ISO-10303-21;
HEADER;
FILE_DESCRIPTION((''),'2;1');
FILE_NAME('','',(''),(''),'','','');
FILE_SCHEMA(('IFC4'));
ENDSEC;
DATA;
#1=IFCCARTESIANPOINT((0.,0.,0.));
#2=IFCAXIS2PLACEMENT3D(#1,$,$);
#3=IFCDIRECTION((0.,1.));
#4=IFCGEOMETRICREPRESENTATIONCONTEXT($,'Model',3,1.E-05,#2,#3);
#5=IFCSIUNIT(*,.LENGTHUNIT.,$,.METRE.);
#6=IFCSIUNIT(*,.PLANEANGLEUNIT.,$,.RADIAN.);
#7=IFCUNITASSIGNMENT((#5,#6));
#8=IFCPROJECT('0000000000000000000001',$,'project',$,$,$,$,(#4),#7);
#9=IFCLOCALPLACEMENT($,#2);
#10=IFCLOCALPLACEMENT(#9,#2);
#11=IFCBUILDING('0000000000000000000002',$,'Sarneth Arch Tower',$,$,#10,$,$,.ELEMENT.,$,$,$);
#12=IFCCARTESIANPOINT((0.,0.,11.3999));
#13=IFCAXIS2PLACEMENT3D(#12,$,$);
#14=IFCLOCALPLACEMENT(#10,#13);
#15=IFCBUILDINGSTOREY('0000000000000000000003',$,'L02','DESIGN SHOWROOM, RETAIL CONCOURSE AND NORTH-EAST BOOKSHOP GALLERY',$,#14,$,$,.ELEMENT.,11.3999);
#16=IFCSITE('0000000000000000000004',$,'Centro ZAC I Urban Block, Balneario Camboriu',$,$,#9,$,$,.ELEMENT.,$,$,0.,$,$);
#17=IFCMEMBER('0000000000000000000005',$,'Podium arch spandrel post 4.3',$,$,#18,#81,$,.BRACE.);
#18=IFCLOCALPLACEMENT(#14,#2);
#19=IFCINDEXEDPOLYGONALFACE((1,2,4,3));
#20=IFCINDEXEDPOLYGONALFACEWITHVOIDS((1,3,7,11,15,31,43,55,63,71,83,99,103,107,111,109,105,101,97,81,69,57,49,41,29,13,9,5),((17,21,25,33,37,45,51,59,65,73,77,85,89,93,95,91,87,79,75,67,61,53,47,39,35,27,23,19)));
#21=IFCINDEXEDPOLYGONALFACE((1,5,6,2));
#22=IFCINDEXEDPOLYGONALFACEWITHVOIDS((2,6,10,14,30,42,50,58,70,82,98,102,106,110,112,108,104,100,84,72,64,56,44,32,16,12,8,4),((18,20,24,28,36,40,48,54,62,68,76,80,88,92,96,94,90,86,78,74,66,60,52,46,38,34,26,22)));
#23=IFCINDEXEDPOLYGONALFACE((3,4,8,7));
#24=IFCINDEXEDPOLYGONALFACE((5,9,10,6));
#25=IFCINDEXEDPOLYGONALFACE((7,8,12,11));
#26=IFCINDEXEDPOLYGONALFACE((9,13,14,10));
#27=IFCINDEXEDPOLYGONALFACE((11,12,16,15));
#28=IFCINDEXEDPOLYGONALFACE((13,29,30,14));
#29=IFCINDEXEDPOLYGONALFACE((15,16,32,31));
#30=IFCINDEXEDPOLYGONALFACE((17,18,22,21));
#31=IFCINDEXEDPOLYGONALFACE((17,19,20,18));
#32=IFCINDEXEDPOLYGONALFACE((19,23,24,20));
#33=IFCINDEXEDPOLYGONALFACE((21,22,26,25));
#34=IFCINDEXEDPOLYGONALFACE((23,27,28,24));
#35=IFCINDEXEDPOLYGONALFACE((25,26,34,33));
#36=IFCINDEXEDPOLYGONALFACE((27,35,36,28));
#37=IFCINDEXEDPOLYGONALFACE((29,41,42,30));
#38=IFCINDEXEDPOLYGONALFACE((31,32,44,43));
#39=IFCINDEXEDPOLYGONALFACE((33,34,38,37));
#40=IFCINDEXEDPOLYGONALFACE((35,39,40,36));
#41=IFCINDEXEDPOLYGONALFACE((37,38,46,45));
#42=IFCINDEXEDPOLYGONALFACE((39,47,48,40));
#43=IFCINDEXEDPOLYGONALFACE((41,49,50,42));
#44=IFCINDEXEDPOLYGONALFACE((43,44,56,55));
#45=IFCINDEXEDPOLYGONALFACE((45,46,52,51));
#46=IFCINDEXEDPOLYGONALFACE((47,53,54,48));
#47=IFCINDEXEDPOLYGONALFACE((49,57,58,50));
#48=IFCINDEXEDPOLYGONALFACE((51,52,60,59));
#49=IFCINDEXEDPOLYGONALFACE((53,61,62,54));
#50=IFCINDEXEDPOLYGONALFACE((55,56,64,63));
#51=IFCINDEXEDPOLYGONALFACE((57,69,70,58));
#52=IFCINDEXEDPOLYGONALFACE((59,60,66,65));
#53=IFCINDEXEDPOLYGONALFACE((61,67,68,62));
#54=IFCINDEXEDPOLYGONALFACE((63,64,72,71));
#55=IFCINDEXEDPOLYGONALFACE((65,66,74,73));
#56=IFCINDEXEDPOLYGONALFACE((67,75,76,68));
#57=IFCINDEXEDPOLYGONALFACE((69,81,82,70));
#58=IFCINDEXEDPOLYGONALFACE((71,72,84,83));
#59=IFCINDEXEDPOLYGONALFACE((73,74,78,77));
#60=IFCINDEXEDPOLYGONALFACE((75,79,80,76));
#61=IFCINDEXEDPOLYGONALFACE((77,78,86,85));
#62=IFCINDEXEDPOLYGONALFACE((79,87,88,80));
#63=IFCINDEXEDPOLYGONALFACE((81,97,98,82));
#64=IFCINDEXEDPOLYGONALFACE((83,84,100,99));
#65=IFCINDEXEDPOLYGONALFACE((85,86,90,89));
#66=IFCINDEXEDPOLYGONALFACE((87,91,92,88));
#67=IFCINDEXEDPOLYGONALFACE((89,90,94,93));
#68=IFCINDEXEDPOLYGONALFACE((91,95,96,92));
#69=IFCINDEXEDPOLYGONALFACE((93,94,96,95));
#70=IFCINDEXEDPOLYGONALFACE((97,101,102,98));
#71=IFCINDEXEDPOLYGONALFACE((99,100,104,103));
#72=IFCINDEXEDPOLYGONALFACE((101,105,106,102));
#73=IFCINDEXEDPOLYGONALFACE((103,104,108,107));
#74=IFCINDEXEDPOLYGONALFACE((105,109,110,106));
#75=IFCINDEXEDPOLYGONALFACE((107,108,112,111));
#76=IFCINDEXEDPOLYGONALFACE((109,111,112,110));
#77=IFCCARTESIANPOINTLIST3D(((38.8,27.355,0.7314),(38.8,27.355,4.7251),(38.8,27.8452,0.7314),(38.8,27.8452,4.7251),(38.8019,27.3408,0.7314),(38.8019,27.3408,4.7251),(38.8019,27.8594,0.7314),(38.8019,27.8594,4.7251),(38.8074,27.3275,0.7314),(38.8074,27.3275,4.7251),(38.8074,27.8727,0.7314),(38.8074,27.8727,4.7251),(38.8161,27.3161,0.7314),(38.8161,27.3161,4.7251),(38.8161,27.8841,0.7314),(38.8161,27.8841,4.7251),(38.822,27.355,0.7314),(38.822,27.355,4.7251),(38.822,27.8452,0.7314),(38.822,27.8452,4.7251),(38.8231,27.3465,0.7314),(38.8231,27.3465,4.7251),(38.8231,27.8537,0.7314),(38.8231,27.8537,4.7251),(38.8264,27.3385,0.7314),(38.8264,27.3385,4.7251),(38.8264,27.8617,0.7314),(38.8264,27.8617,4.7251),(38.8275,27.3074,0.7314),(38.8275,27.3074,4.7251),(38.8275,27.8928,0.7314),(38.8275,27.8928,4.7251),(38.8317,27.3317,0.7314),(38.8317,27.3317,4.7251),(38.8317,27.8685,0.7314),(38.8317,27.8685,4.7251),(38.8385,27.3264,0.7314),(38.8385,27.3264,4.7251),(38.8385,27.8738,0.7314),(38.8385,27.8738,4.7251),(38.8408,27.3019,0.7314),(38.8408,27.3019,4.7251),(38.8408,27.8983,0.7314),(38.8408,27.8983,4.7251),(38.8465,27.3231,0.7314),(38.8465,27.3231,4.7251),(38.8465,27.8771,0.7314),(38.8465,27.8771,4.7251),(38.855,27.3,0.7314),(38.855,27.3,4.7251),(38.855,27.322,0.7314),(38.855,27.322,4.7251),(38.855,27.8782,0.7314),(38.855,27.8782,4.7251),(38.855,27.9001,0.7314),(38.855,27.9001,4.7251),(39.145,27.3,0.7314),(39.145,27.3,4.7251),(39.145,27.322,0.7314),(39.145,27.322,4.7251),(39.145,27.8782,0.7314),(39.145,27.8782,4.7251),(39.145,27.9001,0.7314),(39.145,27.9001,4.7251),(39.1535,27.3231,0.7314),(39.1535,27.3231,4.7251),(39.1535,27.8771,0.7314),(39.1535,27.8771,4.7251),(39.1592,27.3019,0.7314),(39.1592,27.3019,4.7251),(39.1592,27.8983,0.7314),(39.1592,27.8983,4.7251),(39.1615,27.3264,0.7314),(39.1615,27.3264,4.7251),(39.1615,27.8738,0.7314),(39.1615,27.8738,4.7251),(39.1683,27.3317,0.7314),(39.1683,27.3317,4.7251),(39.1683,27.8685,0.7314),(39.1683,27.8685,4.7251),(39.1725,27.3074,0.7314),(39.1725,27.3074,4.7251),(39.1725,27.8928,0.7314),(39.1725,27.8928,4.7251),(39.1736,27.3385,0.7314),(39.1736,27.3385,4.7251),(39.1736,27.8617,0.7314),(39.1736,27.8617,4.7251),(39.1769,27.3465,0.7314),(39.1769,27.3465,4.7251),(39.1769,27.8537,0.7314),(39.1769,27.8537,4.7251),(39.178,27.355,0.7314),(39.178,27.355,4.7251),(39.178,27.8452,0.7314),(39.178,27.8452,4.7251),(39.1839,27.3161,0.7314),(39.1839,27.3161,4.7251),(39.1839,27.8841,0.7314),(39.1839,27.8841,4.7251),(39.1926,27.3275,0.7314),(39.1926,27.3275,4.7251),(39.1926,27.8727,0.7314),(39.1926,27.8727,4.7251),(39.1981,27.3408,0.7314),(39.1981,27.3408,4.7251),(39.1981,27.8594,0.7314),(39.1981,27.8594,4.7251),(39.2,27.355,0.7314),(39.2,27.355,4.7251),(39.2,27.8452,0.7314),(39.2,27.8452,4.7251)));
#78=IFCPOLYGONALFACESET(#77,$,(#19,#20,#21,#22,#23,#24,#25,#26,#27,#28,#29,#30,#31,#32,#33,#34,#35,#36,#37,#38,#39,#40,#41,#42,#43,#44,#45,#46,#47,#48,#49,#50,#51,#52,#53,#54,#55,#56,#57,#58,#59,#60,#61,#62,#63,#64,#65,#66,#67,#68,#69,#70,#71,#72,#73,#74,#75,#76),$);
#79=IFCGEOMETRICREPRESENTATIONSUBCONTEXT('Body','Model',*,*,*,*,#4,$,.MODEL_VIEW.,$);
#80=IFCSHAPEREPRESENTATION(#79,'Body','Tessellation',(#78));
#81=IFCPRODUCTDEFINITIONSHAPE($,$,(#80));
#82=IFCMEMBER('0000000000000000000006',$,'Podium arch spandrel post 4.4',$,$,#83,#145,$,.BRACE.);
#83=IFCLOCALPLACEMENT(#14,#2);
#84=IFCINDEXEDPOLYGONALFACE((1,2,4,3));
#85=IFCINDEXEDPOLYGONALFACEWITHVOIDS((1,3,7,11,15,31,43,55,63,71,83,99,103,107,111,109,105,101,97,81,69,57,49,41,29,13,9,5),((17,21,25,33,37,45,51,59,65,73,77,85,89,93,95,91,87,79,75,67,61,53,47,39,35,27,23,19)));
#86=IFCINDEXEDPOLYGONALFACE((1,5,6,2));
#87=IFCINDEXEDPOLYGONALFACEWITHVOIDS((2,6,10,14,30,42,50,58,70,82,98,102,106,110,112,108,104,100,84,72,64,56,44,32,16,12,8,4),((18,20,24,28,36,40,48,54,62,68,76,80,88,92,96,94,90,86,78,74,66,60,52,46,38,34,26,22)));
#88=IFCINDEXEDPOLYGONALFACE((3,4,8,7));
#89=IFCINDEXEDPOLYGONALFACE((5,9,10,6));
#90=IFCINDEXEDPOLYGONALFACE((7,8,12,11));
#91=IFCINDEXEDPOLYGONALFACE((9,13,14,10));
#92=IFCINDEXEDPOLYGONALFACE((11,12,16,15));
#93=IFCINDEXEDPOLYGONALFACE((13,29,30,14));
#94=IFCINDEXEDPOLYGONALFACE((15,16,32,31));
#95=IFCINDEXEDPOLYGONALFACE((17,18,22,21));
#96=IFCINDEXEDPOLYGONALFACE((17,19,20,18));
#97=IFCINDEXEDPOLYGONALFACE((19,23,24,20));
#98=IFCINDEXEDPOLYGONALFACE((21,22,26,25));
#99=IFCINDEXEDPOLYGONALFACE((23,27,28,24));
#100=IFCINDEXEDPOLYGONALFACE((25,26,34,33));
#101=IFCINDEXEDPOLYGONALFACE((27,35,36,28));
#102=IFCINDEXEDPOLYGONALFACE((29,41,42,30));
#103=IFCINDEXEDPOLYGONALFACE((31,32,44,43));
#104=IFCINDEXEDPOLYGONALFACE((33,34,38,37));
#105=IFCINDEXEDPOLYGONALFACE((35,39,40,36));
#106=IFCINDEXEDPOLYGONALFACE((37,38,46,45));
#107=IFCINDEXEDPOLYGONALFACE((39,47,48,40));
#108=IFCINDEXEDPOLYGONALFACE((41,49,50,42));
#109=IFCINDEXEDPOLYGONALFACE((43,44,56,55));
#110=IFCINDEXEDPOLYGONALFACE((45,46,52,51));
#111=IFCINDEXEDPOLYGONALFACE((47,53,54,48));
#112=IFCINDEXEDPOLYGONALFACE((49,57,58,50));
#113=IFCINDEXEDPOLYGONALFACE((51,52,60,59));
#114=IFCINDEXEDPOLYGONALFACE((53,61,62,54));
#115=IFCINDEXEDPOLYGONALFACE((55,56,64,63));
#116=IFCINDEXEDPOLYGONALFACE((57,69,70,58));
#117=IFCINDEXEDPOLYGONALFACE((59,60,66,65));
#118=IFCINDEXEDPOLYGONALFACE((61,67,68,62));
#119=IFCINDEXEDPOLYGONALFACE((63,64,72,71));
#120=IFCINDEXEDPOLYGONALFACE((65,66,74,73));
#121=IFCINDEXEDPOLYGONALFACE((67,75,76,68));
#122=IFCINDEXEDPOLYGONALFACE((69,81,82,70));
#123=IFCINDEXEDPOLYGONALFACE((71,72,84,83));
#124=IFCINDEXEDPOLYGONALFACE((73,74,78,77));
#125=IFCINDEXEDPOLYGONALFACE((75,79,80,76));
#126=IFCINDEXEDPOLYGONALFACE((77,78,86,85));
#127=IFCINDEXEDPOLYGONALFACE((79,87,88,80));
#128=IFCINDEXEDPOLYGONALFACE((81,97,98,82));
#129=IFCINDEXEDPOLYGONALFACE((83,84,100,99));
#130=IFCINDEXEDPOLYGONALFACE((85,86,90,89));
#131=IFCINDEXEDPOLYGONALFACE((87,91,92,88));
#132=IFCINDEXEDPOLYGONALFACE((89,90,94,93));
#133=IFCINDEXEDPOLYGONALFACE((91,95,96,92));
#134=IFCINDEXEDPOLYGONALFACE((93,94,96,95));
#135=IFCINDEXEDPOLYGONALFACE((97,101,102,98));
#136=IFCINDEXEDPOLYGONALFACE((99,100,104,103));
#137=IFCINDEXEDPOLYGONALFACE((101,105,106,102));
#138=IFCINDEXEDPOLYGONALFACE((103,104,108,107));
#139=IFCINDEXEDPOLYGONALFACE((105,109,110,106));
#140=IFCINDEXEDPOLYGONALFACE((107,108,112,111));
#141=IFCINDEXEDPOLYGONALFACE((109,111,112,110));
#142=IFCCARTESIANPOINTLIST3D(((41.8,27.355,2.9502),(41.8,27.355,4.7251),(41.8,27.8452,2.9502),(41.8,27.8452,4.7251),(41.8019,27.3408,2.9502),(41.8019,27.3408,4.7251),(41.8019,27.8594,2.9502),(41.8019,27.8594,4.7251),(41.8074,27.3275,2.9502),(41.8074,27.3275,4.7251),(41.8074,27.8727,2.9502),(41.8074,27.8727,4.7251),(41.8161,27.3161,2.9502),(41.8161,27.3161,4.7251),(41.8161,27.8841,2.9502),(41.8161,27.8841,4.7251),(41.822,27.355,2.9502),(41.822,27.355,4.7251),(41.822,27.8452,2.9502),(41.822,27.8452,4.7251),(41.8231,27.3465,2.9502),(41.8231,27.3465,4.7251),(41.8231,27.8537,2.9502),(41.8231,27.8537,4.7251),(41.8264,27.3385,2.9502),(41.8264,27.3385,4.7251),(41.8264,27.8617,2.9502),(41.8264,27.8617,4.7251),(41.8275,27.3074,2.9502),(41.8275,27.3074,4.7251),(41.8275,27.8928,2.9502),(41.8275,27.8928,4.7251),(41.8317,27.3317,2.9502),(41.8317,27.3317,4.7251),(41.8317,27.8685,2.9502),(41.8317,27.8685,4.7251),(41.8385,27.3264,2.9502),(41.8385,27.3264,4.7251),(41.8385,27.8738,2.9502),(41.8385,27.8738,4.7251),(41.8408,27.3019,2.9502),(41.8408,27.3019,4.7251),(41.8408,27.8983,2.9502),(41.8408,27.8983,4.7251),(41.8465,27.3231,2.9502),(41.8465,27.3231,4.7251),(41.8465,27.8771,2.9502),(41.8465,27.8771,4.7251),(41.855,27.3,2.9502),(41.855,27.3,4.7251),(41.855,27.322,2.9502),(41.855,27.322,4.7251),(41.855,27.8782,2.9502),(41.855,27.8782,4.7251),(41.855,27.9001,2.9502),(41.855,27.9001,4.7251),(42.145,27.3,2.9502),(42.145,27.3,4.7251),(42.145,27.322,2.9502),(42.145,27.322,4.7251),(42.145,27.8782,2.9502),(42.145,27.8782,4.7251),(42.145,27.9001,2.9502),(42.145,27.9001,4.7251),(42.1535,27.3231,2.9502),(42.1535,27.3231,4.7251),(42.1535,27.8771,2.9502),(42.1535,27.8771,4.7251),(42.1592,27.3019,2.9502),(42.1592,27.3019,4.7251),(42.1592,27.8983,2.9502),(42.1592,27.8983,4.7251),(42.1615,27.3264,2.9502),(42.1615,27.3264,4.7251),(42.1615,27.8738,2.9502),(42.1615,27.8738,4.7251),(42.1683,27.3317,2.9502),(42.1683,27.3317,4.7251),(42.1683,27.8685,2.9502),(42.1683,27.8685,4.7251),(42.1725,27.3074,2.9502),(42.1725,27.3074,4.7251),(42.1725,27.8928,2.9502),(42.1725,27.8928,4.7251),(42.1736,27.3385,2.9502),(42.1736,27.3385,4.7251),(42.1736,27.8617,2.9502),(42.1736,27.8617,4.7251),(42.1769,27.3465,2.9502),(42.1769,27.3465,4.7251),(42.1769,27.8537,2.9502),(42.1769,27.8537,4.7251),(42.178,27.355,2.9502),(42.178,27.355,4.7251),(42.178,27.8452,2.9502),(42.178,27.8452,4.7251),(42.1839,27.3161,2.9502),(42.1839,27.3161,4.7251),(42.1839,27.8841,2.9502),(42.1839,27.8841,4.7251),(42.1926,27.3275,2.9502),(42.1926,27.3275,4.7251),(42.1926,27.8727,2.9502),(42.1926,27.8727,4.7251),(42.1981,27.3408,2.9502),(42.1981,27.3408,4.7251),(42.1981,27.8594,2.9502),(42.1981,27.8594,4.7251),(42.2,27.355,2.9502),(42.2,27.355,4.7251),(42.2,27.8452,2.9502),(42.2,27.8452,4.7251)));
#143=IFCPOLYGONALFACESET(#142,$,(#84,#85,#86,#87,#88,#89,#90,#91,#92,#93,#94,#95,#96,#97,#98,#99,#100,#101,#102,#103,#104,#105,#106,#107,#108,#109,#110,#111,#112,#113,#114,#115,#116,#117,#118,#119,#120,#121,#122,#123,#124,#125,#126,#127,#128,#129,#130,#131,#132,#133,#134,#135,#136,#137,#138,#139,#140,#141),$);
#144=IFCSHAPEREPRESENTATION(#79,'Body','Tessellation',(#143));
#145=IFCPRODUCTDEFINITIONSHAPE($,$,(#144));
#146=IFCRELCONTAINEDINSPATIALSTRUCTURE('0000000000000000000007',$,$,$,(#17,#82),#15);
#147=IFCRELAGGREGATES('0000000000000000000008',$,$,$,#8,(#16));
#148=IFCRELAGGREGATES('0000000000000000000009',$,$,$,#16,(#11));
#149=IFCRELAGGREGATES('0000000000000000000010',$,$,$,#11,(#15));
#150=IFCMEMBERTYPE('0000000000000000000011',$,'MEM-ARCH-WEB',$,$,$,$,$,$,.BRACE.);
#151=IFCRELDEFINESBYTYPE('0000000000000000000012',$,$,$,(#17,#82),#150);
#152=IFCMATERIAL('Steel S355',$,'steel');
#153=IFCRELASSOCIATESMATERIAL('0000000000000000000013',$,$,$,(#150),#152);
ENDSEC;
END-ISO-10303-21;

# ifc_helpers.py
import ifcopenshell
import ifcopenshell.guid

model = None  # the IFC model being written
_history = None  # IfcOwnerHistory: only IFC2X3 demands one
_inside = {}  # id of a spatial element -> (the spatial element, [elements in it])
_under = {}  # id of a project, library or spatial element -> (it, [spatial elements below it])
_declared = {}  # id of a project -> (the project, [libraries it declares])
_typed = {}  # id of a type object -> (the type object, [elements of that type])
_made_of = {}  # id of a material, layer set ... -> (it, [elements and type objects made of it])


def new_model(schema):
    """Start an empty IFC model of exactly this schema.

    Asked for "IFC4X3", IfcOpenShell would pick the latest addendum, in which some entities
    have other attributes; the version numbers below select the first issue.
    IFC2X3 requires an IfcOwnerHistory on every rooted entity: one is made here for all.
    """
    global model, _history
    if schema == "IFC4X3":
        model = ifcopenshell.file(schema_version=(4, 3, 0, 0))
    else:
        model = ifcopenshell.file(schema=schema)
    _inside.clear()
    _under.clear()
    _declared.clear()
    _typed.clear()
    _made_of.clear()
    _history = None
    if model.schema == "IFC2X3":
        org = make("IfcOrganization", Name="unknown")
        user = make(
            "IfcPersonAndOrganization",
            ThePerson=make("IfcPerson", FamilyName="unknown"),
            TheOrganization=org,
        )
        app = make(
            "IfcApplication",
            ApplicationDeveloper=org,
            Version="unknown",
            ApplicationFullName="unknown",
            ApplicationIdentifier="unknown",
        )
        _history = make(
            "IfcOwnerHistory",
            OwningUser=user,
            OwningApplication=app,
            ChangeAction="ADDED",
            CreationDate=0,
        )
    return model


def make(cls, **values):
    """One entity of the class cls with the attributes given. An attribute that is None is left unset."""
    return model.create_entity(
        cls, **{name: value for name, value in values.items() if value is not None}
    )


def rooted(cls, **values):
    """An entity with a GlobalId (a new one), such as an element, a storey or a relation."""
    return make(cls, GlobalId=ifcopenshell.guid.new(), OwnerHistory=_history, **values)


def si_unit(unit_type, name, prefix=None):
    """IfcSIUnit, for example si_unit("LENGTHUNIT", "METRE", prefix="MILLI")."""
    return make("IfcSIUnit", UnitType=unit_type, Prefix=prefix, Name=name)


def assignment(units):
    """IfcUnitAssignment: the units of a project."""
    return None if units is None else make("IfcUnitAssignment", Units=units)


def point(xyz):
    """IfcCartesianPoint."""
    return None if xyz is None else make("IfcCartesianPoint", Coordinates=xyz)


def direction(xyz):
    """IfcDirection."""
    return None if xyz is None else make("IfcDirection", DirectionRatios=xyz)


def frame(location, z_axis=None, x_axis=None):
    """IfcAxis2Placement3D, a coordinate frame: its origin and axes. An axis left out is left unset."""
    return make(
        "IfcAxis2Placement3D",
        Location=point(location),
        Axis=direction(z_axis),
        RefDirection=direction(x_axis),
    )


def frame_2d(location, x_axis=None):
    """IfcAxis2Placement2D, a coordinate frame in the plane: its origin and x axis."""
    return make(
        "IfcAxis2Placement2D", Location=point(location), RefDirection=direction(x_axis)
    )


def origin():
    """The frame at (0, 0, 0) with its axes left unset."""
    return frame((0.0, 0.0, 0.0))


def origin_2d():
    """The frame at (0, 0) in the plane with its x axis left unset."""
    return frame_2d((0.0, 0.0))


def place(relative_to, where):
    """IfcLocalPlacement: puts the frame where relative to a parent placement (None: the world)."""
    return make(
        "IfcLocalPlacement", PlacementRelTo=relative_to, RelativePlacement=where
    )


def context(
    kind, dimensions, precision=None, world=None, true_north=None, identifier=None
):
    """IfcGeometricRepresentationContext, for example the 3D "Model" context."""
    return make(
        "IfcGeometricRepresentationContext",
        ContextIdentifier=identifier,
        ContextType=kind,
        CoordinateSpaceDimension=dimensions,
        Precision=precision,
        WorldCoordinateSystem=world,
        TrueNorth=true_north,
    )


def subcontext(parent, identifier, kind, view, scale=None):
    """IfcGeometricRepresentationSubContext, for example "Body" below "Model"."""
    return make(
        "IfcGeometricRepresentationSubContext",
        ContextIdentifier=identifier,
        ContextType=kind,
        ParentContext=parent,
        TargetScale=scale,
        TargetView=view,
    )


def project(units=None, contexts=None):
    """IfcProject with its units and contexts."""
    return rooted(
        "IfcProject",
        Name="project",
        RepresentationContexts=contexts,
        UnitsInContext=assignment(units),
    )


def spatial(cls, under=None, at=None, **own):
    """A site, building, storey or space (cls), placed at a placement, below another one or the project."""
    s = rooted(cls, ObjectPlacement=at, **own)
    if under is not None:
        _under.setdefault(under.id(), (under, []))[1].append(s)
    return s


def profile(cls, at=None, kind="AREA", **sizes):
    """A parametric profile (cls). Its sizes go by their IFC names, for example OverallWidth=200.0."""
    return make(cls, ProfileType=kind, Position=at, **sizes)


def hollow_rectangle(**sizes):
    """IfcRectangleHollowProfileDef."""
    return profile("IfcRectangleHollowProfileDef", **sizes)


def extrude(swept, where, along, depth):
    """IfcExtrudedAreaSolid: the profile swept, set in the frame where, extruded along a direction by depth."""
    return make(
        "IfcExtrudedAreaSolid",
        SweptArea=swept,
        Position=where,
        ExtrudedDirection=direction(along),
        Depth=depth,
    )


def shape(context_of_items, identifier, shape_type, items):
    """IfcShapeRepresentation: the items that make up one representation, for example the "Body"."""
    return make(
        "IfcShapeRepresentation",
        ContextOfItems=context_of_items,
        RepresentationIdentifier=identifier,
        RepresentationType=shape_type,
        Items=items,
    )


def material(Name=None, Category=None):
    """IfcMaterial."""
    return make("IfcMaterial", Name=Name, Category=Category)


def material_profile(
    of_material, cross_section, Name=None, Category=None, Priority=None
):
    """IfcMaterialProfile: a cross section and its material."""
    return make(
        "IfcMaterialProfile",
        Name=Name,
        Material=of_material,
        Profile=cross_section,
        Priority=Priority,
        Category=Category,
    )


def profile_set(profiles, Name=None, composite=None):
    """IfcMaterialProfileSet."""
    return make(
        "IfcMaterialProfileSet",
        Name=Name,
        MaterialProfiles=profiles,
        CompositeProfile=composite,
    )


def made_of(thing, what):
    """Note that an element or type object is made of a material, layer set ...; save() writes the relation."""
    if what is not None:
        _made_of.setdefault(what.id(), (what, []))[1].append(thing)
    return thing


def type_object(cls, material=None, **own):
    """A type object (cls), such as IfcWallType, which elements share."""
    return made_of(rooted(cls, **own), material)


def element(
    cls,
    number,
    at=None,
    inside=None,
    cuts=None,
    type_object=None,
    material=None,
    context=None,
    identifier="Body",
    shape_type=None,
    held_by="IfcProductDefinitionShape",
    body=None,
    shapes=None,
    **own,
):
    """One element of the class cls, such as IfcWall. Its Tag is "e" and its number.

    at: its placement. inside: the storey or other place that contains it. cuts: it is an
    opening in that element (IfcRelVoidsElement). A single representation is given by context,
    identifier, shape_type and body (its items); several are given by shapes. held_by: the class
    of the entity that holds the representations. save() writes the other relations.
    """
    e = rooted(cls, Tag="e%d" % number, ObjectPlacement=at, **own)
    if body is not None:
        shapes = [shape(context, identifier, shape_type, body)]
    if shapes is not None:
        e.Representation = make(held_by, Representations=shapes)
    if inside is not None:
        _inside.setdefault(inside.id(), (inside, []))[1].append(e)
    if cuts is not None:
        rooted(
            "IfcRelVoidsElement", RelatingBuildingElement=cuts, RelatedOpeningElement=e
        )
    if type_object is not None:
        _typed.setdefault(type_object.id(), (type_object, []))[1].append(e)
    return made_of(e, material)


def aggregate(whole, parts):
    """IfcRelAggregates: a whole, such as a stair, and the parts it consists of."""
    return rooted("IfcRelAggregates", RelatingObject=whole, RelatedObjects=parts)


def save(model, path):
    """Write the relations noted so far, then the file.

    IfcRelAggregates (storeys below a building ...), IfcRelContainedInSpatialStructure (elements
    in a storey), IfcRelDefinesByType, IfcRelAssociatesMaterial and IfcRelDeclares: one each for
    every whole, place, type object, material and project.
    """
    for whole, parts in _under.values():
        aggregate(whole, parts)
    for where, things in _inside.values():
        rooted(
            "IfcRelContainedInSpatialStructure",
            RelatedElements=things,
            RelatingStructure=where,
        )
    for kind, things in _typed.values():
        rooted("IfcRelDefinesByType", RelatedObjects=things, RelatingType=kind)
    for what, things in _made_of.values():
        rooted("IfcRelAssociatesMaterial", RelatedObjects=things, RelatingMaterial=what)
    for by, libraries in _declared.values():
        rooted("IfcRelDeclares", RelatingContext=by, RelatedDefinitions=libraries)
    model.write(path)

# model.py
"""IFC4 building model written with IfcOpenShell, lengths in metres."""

from ifc_helpers import new_model, si_unit, direction, frame, origin, origin_2d, place, context, subcontext, project, spatial, hollow_rectangle, extrude, material, material_profile, profile_set, type_object, element, save


model = new_model("IFC4")

# Units and contexts
model_context = context("Model", 3, precision=1e-05, world=origin(), true_north=direction((0.0, 1.0)))
body_context = subcontext(model_context, "Body", "Model", "MODEL_VIEW")
ifc_project = project(units=[si_unit("LENGTHUNIT", "METRE"), si_unit("PLANEANGLEUNIT", "RADIAN")], contexts=[model_context])

# Site, building, storey
site_placement = place(None, origin())
site = spatial("IfcSite", under=ifc_project, at=site_placement, Name="Centro ZAC I Urban Block, Balneario Camboriu", CompositionType="ELEMENT", RefElevation=0.0)
building_placement = place(site_placement, origin())
building = spatial("IfcBuilding", under=site, at=building_placement, Name="Sarneth Arch Tower", CompositionType="ELEMENT")
storey_placement = place(building_placement, frame((0.0, 0.0, 11.3999)))
storey = spatial("IfcBuildingStorey", under=building, at=storey_placement, Name="L02", Description="DESIGN SHOWROOM, RETAIL CONCOURSE AND NORTH-EAST BOOKSHOP GALLERY", CompositionType="ELEMENT", Elevation=11.3999)

# Members
ifc_material_1 = material(Name="Steel S355", Category="steel")
ifc_material_profile_1 = material_profile(ifc_material_1, hollow_rectangle(XDim=0.3999, YDim=0.6001, WallThickness=0.022, InnerFilletRadius=0.033, OuterFilletRadius=0.0549, at=origin_2d()), Name="RHS600x400x22")
ifc_profile_set_1 = profile_set([ifc_material_profile_1], Name="Steel S355")
member_type_1 = type_object("IfcMemberType", Name="MEM-ARCH-WEB", PredefinedType="BRACE", material=ifc_profile_set_1)
member_1_placement = place(storey_placement, frame((39.0, 27.6001, 0.7314), z_axis=(0.0, 0.0, 1.0), x_axis=(1.0, 0.0, 0.0)))
element("IfcMember", 1, at=member_1_placement, inside=storey, type_object=member_type_1, Name="Podium arch spandrel post 4.3", PredefinedType="BRACE", context=body_context, shape_type="SweptSolid", body=[
    extrude(hollow_rectangle(XDim=0.3999, YDim=0.6001, WallThickness=0.022, InnerFilletRadius=0.033, OuterFilletRadius=0.0549, at=origin_2d()), origin(), (0.0, 0.0, 1.0), 3.9937),
])
member_2_placement = place(storey_placement, frame((42.0, 27.6001, 2.9502), z_axis=(0.0, 0.0, 1.0), x_axis=(1.0, 0.0, 0.0)))
element("IfcMember", 2, at=member_2_placement, inside=storey, type_object=member_type_1, Name="Podium arch spandrel post 4.4", PredefinedType="BRACE", context=body_context, shape_type="SweptSolid", body=[
    extrude(hollow_rectangle(XDim=0.3999, YDim=0.6001, WallThickness=0.022, InnerFilletRadius=0.033, OuterFilletRadius=0.0549, at=origin_2d()), origin(), (0.0, 0.0, 1.0), 1.7749),
])

save(model, "model.ifc")
